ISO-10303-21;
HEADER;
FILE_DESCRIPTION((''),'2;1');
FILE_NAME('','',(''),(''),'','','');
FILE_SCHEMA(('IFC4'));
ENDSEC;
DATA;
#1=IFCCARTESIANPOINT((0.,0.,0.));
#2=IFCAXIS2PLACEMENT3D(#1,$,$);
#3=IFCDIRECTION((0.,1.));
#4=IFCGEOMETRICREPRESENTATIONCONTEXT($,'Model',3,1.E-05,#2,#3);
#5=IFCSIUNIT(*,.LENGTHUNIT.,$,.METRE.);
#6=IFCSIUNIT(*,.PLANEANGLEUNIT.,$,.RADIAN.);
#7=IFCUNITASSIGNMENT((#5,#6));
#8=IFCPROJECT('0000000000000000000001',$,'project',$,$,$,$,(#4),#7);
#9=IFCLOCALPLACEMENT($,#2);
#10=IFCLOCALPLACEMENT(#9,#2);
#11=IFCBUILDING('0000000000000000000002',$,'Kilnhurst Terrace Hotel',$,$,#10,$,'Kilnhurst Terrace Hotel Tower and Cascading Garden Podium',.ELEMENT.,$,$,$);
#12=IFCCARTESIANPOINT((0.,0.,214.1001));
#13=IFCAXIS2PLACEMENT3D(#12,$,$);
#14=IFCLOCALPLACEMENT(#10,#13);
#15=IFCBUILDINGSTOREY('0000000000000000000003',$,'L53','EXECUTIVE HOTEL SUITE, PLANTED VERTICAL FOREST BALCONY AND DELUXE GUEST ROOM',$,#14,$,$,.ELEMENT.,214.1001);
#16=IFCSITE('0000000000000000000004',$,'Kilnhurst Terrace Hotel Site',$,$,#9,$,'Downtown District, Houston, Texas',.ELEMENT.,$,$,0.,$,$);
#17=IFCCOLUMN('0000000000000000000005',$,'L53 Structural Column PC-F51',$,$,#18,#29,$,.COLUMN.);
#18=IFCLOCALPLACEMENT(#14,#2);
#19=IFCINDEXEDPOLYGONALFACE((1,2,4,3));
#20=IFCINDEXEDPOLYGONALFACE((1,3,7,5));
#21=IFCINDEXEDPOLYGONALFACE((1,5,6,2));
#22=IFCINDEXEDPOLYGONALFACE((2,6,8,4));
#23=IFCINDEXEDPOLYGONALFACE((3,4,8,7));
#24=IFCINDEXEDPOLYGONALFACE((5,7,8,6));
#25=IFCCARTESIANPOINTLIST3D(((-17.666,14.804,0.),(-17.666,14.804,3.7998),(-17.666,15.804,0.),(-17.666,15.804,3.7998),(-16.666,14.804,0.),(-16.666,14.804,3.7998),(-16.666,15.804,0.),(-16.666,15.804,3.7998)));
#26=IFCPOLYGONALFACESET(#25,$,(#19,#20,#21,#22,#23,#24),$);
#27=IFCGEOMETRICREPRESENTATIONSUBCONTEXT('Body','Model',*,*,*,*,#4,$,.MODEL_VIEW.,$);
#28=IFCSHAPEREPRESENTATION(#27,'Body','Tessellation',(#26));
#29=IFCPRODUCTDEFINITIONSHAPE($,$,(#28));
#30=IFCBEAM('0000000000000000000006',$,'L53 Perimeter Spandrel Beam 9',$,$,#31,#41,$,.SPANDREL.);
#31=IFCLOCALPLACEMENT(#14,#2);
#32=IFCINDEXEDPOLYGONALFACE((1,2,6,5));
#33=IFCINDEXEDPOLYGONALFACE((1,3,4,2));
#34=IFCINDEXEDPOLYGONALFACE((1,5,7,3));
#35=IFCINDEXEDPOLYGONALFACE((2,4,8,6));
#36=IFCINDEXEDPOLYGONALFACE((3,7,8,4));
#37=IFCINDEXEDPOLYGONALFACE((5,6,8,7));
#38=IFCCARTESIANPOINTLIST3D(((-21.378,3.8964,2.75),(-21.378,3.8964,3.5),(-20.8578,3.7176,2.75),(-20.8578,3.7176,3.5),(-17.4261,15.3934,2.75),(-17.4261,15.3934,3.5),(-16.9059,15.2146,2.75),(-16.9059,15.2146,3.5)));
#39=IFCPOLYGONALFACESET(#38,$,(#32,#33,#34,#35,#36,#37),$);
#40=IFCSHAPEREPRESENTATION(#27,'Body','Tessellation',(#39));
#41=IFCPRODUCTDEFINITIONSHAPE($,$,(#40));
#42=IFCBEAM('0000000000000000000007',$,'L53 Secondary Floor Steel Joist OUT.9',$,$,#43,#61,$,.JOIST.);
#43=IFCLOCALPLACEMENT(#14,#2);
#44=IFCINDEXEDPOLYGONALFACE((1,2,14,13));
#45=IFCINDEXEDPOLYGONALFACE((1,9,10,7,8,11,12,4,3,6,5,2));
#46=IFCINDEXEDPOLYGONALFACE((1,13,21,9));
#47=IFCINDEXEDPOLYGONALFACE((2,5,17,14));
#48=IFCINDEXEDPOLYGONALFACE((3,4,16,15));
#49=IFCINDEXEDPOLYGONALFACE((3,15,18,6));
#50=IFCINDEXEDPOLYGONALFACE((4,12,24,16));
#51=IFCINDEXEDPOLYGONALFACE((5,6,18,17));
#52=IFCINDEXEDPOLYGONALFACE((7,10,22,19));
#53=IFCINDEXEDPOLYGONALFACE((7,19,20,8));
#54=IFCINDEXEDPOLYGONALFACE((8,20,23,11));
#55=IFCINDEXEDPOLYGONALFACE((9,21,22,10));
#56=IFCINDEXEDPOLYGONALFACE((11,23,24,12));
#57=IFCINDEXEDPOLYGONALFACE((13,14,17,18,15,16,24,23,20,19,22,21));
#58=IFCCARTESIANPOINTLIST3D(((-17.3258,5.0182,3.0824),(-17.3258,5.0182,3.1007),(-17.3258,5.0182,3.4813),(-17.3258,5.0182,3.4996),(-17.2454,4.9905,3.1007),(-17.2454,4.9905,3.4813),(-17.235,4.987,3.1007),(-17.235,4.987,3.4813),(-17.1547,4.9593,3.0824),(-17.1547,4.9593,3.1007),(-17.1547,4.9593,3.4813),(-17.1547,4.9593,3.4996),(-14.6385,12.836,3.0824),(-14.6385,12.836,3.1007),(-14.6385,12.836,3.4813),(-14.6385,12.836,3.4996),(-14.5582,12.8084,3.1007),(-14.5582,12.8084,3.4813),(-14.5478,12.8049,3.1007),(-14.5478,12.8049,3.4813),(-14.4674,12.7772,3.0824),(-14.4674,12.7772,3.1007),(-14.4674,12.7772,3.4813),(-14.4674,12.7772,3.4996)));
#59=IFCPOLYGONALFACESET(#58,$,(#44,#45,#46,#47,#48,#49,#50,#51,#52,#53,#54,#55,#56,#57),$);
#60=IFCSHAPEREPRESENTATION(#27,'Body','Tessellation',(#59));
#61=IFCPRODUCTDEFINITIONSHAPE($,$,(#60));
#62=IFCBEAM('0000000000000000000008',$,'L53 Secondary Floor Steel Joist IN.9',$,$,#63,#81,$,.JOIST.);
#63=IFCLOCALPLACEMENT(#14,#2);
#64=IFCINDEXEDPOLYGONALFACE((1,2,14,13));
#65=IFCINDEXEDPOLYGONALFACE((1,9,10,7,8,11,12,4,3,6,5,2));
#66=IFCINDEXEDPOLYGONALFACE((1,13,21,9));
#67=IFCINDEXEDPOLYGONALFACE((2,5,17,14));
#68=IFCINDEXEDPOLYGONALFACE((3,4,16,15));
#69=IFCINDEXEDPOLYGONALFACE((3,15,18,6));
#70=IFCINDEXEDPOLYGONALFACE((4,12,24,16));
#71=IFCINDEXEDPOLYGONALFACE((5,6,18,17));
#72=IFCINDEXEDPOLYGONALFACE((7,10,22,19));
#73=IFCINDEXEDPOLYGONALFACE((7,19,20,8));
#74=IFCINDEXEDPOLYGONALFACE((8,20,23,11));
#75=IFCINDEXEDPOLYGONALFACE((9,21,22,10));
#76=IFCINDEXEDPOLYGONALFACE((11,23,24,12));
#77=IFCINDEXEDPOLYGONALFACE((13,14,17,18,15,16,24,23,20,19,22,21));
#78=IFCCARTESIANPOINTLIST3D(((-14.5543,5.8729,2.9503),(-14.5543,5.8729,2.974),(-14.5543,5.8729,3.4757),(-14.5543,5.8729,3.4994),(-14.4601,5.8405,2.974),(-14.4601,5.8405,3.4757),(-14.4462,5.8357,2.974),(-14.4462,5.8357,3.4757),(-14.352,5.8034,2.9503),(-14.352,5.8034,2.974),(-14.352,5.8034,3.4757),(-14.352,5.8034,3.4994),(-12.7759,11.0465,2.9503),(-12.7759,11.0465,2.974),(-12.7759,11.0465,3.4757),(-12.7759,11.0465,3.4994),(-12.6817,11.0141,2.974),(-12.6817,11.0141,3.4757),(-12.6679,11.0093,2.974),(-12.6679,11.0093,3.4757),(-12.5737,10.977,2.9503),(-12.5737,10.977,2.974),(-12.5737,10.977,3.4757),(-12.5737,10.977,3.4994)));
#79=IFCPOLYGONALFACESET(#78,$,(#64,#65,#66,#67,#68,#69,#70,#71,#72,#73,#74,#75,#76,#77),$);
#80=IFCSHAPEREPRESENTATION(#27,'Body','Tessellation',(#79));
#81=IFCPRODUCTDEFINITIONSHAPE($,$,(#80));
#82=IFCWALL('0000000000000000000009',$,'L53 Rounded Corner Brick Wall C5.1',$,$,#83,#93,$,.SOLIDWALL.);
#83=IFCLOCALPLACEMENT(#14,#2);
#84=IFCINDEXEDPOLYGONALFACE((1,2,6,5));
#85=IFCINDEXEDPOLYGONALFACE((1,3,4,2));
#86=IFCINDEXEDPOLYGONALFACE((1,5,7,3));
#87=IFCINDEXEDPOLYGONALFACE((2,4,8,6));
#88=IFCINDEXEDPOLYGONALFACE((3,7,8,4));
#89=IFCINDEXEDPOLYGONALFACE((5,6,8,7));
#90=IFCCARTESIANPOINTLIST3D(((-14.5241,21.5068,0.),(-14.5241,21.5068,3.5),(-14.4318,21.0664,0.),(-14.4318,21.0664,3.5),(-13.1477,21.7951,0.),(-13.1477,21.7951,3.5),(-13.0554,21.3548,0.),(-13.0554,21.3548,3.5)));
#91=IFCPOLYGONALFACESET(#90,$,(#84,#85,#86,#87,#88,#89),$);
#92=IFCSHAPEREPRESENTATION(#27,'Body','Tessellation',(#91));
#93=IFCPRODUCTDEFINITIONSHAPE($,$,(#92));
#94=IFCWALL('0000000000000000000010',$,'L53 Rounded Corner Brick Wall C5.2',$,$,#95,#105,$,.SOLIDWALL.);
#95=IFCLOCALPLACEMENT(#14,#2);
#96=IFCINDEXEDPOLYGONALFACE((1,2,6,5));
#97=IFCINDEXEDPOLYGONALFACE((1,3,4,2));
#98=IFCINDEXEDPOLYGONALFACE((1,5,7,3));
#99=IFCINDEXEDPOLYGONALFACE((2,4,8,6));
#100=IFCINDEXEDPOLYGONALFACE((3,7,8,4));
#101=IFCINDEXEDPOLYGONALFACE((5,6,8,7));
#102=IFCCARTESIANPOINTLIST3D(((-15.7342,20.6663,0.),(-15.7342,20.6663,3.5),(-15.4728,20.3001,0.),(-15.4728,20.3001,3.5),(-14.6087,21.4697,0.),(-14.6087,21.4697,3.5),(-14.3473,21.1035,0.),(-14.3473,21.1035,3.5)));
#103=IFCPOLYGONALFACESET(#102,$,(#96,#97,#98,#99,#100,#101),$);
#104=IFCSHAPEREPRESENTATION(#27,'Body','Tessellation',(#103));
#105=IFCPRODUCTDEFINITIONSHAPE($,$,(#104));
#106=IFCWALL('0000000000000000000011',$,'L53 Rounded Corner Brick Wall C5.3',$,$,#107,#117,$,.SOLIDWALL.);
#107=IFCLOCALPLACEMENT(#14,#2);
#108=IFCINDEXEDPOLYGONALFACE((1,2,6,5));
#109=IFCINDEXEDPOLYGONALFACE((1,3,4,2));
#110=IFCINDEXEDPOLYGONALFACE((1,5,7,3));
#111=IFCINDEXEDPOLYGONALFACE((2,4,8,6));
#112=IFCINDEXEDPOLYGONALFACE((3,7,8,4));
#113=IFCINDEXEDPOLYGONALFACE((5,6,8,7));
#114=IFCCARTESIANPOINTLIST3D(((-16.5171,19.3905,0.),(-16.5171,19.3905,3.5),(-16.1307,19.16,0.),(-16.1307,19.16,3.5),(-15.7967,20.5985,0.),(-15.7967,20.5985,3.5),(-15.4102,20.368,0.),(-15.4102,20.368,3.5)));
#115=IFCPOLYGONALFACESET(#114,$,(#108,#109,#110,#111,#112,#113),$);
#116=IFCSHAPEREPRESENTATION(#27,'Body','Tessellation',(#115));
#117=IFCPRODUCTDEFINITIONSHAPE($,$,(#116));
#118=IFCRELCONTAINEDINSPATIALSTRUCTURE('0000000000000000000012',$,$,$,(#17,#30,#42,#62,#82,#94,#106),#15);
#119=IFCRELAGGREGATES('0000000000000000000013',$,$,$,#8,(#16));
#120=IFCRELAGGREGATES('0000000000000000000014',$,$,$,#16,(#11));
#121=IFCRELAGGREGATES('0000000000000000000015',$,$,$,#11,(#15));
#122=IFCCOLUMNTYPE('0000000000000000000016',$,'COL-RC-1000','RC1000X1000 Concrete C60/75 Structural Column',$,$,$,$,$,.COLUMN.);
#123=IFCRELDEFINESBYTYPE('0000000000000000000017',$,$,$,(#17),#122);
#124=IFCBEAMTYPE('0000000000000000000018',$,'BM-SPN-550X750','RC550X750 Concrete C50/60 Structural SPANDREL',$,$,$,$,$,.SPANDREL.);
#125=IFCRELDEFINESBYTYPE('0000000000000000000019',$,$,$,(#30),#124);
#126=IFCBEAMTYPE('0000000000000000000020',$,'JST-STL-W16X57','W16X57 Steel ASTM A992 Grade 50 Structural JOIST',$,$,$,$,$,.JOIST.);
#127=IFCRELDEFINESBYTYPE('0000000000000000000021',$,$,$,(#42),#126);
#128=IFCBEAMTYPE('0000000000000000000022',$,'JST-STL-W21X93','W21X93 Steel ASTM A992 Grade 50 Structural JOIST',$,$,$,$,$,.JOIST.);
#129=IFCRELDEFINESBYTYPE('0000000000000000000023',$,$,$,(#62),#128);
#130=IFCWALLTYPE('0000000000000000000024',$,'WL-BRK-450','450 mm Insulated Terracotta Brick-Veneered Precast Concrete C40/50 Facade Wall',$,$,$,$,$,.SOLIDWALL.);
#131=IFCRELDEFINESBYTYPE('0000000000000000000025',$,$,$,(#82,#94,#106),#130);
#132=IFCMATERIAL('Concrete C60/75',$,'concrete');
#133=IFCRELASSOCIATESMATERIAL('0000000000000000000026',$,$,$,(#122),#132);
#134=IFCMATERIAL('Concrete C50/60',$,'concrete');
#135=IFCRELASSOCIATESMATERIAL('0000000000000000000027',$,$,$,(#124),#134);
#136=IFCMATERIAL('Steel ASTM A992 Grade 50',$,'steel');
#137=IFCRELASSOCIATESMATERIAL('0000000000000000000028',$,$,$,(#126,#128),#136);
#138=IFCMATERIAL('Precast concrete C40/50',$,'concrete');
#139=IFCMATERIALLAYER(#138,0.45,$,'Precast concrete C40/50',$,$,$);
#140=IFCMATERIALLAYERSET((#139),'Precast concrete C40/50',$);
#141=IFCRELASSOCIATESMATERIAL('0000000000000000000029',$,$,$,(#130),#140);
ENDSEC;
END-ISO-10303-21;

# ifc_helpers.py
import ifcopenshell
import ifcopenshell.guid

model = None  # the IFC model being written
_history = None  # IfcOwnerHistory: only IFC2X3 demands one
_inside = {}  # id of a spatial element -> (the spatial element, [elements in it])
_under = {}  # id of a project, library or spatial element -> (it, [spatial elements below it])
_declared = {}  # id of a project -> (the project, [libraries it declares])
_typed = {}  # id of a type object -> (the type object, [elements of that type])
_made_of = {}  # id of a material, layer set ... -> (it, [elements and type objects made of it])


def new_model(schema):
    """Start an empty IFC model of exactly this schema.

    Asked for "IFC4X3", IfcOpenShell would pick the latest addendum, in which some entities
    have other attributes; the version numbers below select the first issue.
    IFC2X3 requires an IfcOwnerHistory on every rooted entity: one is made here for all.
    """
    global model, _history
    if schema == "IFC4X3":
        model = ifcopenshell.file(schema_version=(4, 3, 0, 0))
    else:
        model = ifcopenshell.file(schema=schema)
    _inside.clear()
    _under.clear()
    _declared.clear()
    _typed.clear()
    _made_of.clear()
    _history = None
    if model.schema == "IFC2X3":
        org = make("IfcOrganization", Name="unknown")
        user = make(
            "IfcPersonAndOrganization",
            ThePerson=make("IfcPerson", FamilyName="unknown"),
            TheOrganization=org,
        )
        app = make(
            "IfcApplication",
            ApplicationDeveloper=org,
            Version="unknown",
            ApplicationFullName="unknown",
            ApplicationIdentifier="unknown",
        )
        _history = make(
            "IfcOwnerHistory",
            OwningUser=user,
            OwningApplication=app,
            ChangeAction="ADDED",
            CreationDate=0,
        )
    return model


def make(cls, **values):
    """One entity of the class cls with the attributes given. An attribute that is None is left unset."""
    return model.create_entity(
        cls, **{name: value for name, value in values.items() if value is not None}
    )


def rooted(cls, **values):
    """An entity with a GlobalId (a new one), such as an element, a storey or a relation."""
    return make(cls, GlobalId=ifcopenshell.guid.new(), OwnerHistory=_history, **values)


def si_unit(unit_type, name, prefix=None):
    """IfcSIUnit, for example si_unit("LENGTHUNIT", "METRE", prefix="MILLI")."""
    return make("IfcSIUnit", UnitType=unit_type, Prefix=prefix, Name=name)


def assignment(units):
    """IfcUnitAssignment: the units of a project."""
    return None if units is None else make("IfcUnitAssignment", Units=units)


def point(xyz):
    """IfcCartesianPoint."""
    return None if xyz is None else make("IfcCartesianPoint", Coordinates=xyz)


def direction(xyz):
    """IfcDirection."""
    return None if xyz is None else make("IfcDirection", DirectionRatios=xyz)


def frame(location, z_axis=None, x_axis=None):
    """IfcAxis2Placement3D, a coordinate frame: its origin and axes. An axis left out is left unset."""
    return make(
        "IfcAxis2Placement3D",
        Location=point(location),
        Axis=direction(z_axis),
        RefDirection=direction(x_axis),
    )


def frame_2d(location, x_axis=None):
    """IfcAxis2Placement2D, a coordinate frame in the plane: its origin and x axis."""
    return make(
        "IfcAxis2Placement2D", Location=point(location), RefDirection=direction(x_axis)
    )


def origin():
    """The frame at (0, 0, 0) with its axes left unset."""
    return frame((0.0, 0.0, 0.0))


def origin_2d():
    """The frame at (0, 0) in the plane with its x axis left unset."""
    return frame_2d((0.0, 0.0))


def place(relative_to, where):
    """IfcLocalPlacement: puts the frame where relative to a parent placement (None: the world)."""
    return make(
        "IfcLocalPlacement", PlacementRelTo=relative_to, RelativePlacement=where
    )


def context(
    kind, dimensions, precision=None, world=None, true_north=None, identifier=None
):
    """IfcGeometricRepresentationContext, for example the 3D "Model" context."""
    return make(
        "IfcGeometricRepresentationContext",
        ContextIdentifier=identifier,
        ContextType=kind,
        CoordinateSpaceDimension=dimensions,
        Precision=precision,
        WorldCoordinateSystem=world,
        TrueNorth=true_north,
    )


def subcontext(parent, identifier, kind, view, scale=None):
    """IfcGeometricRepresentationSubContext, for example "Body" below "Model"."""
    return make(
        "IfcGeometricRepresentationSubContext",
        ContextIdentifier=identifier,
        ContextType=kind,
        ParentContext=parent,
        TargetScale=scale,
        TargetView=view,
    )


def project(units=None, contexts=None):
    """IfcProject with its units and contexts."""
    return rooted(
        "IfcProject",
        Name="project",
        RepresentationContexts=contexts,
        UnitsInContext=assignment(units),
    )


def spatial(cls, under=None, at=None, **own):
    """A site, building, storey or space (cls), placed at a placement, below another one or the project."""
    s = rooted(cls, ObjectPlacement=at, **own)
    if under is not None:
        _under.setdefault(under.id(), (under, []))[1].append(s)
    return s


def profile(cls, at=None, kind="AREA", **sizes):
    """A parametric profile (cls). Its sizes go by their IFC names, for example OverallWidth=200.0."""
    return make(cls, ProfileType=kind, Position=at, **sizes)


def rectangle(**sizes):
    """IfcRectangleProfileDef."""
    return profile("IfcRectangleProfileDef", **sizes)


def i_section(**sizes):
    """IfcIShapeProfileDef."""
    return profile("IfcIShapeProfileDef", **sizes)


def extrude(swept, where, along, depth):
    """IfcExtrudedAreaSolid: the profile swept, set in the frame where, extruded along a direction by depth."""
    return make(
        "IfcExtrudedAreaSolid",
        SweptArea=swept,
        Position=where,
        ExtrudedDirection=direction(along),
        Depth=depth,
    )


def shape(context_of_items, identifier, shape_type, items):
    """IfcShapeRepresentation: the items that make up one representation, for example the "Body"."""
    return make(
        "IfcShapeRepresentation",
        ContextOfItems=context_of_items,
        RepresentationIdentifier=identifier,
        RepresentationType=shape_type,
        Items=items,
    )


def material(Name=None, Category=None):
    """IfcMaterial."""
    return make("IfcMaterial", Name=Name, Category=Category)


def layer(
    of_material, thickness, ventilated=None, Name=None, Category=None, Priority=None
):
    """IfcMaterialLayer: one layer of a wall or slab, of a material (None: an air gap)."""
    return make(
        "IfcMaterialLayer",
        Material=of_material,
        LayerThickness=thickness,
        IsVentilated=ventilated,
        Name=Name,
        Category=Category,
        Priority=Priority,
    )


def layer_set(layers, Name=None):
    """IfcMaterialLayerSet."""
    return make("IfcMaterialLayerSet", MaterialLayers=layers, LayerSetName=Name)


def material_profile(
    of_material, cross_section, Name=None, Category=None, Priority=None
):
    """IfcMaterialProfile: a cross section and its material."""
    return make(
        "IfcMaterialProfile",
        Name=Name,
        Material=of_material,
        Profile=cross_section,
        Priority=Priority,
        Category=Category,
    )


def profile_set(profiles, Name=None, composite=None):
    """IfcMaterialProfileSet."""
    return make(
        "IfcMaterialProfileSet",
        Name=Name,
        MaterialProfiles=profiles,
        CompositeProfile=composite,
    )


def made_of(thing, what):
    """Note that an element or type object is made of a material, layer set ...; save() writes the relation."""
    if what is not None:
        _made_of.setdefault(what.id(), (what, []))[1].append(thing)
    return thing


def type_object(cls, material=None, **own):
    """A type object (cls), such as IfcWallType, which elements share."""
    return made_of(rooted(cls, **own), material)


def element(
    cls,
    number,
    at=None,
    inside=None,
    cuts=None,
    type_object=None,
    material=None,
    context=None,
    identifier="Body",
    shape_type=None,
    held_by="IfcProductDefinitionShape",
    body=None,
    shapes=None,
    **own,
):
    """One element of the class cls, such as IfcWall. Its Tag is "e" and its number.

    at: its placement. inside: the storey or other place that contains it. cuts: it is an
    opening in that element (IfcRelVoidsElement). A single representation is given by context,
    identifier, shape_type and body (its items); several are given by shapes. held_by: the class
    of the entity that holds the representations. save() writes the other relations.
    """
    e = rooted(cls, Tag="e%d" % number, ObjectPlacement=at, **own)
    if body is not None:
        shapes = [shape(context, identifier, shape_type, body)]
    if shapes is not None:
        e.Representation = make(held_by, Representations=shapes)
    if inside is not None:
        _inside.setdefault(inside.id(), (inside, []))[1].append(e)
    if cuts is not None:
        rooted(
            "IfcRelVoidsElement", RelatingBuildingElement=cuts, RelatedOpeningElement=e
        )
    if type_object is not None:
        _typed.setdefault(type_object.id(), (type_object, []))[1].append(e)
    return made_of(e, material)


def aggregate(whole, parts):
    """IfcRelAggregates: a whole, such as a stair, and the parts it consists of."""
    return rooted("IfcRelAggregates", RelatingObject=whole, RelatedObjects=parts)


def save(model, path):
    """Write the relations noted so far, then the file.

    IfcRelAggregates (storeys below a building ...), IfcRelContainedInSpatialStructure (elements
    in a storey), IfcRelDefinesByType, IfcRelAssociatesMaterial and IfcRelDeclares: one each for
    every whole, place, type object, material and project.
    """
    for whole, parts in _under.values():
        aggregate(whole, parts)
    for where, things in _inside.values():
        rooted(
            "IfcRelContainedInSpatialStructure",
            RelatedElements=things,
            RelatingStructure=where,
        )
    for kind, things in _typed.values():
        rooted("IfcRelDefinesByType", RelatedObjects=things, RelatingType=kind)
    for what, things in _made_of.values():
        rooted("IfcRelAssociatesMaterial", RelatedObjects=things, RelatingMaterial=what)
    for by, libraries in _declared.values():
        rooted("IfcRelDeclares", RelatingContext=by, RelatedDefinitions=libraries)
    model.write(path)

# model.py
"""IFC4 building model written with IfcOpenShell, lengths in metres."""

from ifc_helpers import new_model, si_unit, direction, frame, frame_2d, origin, origin_2d, place, context, subcontext, project, spatial, rectangle, i_section, extrude, material, layer, layer_set, material_profile, profile_set, type_object, element, save


model = new_model("IFC4")

# Units and contexts
model_context = context("Model", 3, precision=1e-05, world=origin(), true_north=direction((0.0, 1.0)))
body_context = subcontext(model_context, "Body", "Model", "MODEL_VIEW")
ifc_project = project(units=[si_unit("LENGTHUNIT", "METRE"), si_unit("PLANEANGLEUNIT", "RADIAN")], contexts=[model_context])

# Site, building, storey
site_placement = place(None, origin())
site = spatial("IfcSite", under=ifc_project, at=site_placement, Name="Kilnhurst Terrace Hotel Site", LongName="Downtown District, Houston, Texas", CompositionType="ELEMENT", RefElevation=0.0)
building_placement = place(site_placement, origin())
building = spatial("IfcBuilding", under=site, at=building_placement, Name="Kilnhurst Terrace Hotel", LongName="Kilnhurst Terrace Hotel Tower and Cascading Garden Podium", CompositionType="ELEMENT")
storey_placement = place(building_placement, frame((0.0, 0.0, 214.1001)))
storey = spatial("IfcBuildingStorey", under=building, at=storey_placement, Name="L53", Description="EXECUTIVE HOTEL SUITE, PLANTED VERTICAL FOREST BALCONY AND DELUXE GUEST ROOM", CompositionType="ELEMENT", Elevation=214.1001)

# Column
ifc_material_1 = material(Name="Concrete C60/75", Category="concrete")
ifc_material_profile_1 = material_profile(ifc_material_1, rectangle(XDim=1.0, YDim=1.0, at=origin_2d()), Name="RC1000X1000")
ifc_profile_set_1 = profile_set([ifc_material_profile_1], Name="Concrete C60/75")
column_type = type_object("IfcColumnType", Name="COL-RC-1000", Description="RC1000X1000 Concrete C60/75 Structural Column", PredefinedType="COLUMN", material=ifc_profile_set_1)
column_placement = place(storey_placement, frame((-17.166, 15.304, 0.0), z_axis=(0.0, 0.0, 1.0), x_axis=(1.0, 0.0, 0.0)))
element("IfcColumn", 1, at=column_placement, inside=storey, type_object=column_type, Name="L53 Structural Column PC-F51", PredefinedType="COLUMN", context=body_context, shape_type="SweptSolid", body=[
    extrude(rectangle(XDim=1.0, YDim=1.0, at=origin_2d()), origin(), (0.0, 0.0, 1.0), 3.7998),
])

# Beams
ifc_material_2 = material(Name="Concrete C50/60", Category="concrete")
ifc_material_profile_2 = material_profile(ifc_material_2, rectangle(XDim=0.55, YDim=0.75, at=origin_2d()), Name="RC550X750")
ifc_profile_set_2 = profile_set([ifc_material_profile_2], Name="Concrete C50/60")
beam_type_1 = type_object("IfcBeamType", Name="BM-SPN-550X750", Description="RC550X750 Concrete C50/60 Structural SPANDREL", PredefinedType="SPANDREL", material=ifc_profile_set_2)
beam_1_placement = place(storey_placement, frame((-17.166, 15.304, 3.125), z_axis=(-0.325064, -0.945692, 0.0), x_axis=(0.945692, -0.325064, 0.0)))
element("IfcBeam", 2, at=beam_1_placement, inside=storey, type_object=beam_type_1, Name="L53 Perimeter Spandrel Beam 9", PredefinedType="SPANDREL", context=body_context, shape_type="SweptSolid", body=[
    extrude(rectangle(XDim=0.55, YDim=0.75, at=origin_2d()), origin(), (0.0, 0.0, 1.0), 12.1572),
])
ifc_material_3 = material(Name="Steel ASTM A992 Grade 50", Category="steel")
ifc_material_profile_3 = material_profile(ifc_material_3, i_section(OverallWidth=0.1809, OverallDepth=0.4172, WebThickness=0.011, FlangeThickness=0.0183, at=origin_2d()), Name="W16X57")
ifc_profile_set_3 = profile_set([ifc_material_profile_3], Name="Steel ASTM A992 Grade 50")
beam_type_2 = type_object("IfcBeamType", Name="JST-STL-W16X57", Description="W16X57 Steel ASTM A992 Grade 50 Structural JOIST", PredefinedType="JOIST", material=ifc_profile_set_3)
beam_2_placement = place(storey_placement, frame((-14.553, 12.8066, 3.291), z_axis=(-0.325065, -0.945692, 0.0), x_axis=(0.945692, -0.325065, 0.0)))
element("IfcBeam", 3, at=beam_2_placement, inside=storey, type_object=beam_type_2, Name="L53 Secondary Floor Steel Joist OUT.9", PredefinedType="JOIST", context=body_context, shape_type="SweptSolid", body=[
    extrude(i_section(OverallWidth=0.1809, OverallDepth=0.4172, WebThickness=0.011, FlangeThickness=0.0183, at=origin_2d()), origin(), (0.0, 0.0, 1.0), 8.2668),
])
ifc_material_profile_4 = material_profile(ifc_material_3, i_section(OverallWidth=0.2139, OverallDepth=0.5491, WebThickness=0.0146, FlangeThickness=0.0237, at=origin_2d()), Name="W21X93")
ifc_profile_set_4 = profile_set([ifc_material_profile_4], Name="Steel ASTM A992 Grade 50")
beam_type_3 = type_object("IfcBeamType", Name="JST-STL-W21X93", Description="W21X93 Steel ASTM A992 Grade 50 Structural JOIST", PredefinedType="JOIST", material=ifc_profile_set_4)
beam_3_placement = place(storey_placement, frame((-12.6748, 11.0117, 3.2249), z_axis=(-0.325064, -0.945692, 0.0), x_axis=(0.945692, -0.325064, 0.0)))
element("IfcBeam", 4, at=beam_3_placement, inside=storey, type_object=beam_type_3, Name="L53 Secondary Floor Steel Joist IN.9", PredefinedType="JOIST", context=body_context, shape_type="SweptSolid", body=[
    extrude(i_section(OverallWidth=0.2139, OverallDepth=0.5491, WebThickness=0.0146, FlangeThickness=0.0237, at=origin_2d()), origin(), (0.0, 0.0, 1.0), 5.4707),
])

# Walls
ifc_material_4 = material(Name="Precast concrete C40/50", Category="concrete")
ifc_layer_1 = layer(ifc_material_4, 0.45, Name="Precast concrete C40/50")
ifc_layer_set_1 = layer_set([ifc_layer_1], Name="Precast concrete C40/50")
wall_type_1 = type_object("IfcWallType", Name="WL-BRK-450", Description="450 mm Insulated Terracotta Brick-Veneered Precast Concrete C40/50 Facade Wall", PredefinedType="SOLIDWALL", material=ifc_layer_set_1)
wall_1_placement = place(storey_placement, frame((-13.1016, 21.575, 0.0), z_axis=(0.0, 0.0, 1.0), x_axis=(-0.978757, -0.205022, 0.0)))
element("IfcWall", 5, at=wall_1_placement, inside=storey, type_object=wall_type_1, Name="L53 Rounded Corner Brick Wall C5.1", PredefinedType="SOLIDWALL", context=body_context, shape_type="SweptSolid", body=[
    extrude(rectangle(XDim=1.4062, YDim=0.45, at=frame_2d((0.7031, 0.0))), origin(), (0.0, 0.0, 1.0), 3.5),
])
wall_2_placement = place(storey_placement, frame((-14.478, 21.2866, 0.0), z_axis=(0.0, 0.0, 1.0), x_axis=(-0.813889, -0.581021, 0.0)))
element("IfcWall", 6, at=wall_2_placement, inside=storey, type_object=wall_type_1, Name="L53 Rounded Corner Brick Wall C5.2", PredefinedType="SOLIDWALL", context=body_context, shape_type="SweptSolid", body=[
    extrude(rectangle(XDim=1.3828, YDim=0.45, at=frame_2d((0.6914, 0.0))), origin(), (0.0, 0.0, 1.0), 3.5),
])
wall_3_placement = place(storey_placement, frame((-15.6035, 20.4832, 0.0), z_axis=(0.0, 0.0, 1.0), x_axis=(-0.512222, -0.858853, 0.0)))
element("IfcWall", 7, at=wall_3_placement, inside=storey, type_object=wall_type_1, Name="L53 Rounded Corner Brick Wall C5.3", PredefinedType="SOLIDWALL", context=body_context, shape_type="SweptSolid", body=[
    extrude(rectangle(XDim=1.4065, YDim=0.45, at=frame_2d((0.7031, 0.0))), origin(), (0.0, 0.0, 1.0), 3.5),
])

save(model, "model.ifc")
